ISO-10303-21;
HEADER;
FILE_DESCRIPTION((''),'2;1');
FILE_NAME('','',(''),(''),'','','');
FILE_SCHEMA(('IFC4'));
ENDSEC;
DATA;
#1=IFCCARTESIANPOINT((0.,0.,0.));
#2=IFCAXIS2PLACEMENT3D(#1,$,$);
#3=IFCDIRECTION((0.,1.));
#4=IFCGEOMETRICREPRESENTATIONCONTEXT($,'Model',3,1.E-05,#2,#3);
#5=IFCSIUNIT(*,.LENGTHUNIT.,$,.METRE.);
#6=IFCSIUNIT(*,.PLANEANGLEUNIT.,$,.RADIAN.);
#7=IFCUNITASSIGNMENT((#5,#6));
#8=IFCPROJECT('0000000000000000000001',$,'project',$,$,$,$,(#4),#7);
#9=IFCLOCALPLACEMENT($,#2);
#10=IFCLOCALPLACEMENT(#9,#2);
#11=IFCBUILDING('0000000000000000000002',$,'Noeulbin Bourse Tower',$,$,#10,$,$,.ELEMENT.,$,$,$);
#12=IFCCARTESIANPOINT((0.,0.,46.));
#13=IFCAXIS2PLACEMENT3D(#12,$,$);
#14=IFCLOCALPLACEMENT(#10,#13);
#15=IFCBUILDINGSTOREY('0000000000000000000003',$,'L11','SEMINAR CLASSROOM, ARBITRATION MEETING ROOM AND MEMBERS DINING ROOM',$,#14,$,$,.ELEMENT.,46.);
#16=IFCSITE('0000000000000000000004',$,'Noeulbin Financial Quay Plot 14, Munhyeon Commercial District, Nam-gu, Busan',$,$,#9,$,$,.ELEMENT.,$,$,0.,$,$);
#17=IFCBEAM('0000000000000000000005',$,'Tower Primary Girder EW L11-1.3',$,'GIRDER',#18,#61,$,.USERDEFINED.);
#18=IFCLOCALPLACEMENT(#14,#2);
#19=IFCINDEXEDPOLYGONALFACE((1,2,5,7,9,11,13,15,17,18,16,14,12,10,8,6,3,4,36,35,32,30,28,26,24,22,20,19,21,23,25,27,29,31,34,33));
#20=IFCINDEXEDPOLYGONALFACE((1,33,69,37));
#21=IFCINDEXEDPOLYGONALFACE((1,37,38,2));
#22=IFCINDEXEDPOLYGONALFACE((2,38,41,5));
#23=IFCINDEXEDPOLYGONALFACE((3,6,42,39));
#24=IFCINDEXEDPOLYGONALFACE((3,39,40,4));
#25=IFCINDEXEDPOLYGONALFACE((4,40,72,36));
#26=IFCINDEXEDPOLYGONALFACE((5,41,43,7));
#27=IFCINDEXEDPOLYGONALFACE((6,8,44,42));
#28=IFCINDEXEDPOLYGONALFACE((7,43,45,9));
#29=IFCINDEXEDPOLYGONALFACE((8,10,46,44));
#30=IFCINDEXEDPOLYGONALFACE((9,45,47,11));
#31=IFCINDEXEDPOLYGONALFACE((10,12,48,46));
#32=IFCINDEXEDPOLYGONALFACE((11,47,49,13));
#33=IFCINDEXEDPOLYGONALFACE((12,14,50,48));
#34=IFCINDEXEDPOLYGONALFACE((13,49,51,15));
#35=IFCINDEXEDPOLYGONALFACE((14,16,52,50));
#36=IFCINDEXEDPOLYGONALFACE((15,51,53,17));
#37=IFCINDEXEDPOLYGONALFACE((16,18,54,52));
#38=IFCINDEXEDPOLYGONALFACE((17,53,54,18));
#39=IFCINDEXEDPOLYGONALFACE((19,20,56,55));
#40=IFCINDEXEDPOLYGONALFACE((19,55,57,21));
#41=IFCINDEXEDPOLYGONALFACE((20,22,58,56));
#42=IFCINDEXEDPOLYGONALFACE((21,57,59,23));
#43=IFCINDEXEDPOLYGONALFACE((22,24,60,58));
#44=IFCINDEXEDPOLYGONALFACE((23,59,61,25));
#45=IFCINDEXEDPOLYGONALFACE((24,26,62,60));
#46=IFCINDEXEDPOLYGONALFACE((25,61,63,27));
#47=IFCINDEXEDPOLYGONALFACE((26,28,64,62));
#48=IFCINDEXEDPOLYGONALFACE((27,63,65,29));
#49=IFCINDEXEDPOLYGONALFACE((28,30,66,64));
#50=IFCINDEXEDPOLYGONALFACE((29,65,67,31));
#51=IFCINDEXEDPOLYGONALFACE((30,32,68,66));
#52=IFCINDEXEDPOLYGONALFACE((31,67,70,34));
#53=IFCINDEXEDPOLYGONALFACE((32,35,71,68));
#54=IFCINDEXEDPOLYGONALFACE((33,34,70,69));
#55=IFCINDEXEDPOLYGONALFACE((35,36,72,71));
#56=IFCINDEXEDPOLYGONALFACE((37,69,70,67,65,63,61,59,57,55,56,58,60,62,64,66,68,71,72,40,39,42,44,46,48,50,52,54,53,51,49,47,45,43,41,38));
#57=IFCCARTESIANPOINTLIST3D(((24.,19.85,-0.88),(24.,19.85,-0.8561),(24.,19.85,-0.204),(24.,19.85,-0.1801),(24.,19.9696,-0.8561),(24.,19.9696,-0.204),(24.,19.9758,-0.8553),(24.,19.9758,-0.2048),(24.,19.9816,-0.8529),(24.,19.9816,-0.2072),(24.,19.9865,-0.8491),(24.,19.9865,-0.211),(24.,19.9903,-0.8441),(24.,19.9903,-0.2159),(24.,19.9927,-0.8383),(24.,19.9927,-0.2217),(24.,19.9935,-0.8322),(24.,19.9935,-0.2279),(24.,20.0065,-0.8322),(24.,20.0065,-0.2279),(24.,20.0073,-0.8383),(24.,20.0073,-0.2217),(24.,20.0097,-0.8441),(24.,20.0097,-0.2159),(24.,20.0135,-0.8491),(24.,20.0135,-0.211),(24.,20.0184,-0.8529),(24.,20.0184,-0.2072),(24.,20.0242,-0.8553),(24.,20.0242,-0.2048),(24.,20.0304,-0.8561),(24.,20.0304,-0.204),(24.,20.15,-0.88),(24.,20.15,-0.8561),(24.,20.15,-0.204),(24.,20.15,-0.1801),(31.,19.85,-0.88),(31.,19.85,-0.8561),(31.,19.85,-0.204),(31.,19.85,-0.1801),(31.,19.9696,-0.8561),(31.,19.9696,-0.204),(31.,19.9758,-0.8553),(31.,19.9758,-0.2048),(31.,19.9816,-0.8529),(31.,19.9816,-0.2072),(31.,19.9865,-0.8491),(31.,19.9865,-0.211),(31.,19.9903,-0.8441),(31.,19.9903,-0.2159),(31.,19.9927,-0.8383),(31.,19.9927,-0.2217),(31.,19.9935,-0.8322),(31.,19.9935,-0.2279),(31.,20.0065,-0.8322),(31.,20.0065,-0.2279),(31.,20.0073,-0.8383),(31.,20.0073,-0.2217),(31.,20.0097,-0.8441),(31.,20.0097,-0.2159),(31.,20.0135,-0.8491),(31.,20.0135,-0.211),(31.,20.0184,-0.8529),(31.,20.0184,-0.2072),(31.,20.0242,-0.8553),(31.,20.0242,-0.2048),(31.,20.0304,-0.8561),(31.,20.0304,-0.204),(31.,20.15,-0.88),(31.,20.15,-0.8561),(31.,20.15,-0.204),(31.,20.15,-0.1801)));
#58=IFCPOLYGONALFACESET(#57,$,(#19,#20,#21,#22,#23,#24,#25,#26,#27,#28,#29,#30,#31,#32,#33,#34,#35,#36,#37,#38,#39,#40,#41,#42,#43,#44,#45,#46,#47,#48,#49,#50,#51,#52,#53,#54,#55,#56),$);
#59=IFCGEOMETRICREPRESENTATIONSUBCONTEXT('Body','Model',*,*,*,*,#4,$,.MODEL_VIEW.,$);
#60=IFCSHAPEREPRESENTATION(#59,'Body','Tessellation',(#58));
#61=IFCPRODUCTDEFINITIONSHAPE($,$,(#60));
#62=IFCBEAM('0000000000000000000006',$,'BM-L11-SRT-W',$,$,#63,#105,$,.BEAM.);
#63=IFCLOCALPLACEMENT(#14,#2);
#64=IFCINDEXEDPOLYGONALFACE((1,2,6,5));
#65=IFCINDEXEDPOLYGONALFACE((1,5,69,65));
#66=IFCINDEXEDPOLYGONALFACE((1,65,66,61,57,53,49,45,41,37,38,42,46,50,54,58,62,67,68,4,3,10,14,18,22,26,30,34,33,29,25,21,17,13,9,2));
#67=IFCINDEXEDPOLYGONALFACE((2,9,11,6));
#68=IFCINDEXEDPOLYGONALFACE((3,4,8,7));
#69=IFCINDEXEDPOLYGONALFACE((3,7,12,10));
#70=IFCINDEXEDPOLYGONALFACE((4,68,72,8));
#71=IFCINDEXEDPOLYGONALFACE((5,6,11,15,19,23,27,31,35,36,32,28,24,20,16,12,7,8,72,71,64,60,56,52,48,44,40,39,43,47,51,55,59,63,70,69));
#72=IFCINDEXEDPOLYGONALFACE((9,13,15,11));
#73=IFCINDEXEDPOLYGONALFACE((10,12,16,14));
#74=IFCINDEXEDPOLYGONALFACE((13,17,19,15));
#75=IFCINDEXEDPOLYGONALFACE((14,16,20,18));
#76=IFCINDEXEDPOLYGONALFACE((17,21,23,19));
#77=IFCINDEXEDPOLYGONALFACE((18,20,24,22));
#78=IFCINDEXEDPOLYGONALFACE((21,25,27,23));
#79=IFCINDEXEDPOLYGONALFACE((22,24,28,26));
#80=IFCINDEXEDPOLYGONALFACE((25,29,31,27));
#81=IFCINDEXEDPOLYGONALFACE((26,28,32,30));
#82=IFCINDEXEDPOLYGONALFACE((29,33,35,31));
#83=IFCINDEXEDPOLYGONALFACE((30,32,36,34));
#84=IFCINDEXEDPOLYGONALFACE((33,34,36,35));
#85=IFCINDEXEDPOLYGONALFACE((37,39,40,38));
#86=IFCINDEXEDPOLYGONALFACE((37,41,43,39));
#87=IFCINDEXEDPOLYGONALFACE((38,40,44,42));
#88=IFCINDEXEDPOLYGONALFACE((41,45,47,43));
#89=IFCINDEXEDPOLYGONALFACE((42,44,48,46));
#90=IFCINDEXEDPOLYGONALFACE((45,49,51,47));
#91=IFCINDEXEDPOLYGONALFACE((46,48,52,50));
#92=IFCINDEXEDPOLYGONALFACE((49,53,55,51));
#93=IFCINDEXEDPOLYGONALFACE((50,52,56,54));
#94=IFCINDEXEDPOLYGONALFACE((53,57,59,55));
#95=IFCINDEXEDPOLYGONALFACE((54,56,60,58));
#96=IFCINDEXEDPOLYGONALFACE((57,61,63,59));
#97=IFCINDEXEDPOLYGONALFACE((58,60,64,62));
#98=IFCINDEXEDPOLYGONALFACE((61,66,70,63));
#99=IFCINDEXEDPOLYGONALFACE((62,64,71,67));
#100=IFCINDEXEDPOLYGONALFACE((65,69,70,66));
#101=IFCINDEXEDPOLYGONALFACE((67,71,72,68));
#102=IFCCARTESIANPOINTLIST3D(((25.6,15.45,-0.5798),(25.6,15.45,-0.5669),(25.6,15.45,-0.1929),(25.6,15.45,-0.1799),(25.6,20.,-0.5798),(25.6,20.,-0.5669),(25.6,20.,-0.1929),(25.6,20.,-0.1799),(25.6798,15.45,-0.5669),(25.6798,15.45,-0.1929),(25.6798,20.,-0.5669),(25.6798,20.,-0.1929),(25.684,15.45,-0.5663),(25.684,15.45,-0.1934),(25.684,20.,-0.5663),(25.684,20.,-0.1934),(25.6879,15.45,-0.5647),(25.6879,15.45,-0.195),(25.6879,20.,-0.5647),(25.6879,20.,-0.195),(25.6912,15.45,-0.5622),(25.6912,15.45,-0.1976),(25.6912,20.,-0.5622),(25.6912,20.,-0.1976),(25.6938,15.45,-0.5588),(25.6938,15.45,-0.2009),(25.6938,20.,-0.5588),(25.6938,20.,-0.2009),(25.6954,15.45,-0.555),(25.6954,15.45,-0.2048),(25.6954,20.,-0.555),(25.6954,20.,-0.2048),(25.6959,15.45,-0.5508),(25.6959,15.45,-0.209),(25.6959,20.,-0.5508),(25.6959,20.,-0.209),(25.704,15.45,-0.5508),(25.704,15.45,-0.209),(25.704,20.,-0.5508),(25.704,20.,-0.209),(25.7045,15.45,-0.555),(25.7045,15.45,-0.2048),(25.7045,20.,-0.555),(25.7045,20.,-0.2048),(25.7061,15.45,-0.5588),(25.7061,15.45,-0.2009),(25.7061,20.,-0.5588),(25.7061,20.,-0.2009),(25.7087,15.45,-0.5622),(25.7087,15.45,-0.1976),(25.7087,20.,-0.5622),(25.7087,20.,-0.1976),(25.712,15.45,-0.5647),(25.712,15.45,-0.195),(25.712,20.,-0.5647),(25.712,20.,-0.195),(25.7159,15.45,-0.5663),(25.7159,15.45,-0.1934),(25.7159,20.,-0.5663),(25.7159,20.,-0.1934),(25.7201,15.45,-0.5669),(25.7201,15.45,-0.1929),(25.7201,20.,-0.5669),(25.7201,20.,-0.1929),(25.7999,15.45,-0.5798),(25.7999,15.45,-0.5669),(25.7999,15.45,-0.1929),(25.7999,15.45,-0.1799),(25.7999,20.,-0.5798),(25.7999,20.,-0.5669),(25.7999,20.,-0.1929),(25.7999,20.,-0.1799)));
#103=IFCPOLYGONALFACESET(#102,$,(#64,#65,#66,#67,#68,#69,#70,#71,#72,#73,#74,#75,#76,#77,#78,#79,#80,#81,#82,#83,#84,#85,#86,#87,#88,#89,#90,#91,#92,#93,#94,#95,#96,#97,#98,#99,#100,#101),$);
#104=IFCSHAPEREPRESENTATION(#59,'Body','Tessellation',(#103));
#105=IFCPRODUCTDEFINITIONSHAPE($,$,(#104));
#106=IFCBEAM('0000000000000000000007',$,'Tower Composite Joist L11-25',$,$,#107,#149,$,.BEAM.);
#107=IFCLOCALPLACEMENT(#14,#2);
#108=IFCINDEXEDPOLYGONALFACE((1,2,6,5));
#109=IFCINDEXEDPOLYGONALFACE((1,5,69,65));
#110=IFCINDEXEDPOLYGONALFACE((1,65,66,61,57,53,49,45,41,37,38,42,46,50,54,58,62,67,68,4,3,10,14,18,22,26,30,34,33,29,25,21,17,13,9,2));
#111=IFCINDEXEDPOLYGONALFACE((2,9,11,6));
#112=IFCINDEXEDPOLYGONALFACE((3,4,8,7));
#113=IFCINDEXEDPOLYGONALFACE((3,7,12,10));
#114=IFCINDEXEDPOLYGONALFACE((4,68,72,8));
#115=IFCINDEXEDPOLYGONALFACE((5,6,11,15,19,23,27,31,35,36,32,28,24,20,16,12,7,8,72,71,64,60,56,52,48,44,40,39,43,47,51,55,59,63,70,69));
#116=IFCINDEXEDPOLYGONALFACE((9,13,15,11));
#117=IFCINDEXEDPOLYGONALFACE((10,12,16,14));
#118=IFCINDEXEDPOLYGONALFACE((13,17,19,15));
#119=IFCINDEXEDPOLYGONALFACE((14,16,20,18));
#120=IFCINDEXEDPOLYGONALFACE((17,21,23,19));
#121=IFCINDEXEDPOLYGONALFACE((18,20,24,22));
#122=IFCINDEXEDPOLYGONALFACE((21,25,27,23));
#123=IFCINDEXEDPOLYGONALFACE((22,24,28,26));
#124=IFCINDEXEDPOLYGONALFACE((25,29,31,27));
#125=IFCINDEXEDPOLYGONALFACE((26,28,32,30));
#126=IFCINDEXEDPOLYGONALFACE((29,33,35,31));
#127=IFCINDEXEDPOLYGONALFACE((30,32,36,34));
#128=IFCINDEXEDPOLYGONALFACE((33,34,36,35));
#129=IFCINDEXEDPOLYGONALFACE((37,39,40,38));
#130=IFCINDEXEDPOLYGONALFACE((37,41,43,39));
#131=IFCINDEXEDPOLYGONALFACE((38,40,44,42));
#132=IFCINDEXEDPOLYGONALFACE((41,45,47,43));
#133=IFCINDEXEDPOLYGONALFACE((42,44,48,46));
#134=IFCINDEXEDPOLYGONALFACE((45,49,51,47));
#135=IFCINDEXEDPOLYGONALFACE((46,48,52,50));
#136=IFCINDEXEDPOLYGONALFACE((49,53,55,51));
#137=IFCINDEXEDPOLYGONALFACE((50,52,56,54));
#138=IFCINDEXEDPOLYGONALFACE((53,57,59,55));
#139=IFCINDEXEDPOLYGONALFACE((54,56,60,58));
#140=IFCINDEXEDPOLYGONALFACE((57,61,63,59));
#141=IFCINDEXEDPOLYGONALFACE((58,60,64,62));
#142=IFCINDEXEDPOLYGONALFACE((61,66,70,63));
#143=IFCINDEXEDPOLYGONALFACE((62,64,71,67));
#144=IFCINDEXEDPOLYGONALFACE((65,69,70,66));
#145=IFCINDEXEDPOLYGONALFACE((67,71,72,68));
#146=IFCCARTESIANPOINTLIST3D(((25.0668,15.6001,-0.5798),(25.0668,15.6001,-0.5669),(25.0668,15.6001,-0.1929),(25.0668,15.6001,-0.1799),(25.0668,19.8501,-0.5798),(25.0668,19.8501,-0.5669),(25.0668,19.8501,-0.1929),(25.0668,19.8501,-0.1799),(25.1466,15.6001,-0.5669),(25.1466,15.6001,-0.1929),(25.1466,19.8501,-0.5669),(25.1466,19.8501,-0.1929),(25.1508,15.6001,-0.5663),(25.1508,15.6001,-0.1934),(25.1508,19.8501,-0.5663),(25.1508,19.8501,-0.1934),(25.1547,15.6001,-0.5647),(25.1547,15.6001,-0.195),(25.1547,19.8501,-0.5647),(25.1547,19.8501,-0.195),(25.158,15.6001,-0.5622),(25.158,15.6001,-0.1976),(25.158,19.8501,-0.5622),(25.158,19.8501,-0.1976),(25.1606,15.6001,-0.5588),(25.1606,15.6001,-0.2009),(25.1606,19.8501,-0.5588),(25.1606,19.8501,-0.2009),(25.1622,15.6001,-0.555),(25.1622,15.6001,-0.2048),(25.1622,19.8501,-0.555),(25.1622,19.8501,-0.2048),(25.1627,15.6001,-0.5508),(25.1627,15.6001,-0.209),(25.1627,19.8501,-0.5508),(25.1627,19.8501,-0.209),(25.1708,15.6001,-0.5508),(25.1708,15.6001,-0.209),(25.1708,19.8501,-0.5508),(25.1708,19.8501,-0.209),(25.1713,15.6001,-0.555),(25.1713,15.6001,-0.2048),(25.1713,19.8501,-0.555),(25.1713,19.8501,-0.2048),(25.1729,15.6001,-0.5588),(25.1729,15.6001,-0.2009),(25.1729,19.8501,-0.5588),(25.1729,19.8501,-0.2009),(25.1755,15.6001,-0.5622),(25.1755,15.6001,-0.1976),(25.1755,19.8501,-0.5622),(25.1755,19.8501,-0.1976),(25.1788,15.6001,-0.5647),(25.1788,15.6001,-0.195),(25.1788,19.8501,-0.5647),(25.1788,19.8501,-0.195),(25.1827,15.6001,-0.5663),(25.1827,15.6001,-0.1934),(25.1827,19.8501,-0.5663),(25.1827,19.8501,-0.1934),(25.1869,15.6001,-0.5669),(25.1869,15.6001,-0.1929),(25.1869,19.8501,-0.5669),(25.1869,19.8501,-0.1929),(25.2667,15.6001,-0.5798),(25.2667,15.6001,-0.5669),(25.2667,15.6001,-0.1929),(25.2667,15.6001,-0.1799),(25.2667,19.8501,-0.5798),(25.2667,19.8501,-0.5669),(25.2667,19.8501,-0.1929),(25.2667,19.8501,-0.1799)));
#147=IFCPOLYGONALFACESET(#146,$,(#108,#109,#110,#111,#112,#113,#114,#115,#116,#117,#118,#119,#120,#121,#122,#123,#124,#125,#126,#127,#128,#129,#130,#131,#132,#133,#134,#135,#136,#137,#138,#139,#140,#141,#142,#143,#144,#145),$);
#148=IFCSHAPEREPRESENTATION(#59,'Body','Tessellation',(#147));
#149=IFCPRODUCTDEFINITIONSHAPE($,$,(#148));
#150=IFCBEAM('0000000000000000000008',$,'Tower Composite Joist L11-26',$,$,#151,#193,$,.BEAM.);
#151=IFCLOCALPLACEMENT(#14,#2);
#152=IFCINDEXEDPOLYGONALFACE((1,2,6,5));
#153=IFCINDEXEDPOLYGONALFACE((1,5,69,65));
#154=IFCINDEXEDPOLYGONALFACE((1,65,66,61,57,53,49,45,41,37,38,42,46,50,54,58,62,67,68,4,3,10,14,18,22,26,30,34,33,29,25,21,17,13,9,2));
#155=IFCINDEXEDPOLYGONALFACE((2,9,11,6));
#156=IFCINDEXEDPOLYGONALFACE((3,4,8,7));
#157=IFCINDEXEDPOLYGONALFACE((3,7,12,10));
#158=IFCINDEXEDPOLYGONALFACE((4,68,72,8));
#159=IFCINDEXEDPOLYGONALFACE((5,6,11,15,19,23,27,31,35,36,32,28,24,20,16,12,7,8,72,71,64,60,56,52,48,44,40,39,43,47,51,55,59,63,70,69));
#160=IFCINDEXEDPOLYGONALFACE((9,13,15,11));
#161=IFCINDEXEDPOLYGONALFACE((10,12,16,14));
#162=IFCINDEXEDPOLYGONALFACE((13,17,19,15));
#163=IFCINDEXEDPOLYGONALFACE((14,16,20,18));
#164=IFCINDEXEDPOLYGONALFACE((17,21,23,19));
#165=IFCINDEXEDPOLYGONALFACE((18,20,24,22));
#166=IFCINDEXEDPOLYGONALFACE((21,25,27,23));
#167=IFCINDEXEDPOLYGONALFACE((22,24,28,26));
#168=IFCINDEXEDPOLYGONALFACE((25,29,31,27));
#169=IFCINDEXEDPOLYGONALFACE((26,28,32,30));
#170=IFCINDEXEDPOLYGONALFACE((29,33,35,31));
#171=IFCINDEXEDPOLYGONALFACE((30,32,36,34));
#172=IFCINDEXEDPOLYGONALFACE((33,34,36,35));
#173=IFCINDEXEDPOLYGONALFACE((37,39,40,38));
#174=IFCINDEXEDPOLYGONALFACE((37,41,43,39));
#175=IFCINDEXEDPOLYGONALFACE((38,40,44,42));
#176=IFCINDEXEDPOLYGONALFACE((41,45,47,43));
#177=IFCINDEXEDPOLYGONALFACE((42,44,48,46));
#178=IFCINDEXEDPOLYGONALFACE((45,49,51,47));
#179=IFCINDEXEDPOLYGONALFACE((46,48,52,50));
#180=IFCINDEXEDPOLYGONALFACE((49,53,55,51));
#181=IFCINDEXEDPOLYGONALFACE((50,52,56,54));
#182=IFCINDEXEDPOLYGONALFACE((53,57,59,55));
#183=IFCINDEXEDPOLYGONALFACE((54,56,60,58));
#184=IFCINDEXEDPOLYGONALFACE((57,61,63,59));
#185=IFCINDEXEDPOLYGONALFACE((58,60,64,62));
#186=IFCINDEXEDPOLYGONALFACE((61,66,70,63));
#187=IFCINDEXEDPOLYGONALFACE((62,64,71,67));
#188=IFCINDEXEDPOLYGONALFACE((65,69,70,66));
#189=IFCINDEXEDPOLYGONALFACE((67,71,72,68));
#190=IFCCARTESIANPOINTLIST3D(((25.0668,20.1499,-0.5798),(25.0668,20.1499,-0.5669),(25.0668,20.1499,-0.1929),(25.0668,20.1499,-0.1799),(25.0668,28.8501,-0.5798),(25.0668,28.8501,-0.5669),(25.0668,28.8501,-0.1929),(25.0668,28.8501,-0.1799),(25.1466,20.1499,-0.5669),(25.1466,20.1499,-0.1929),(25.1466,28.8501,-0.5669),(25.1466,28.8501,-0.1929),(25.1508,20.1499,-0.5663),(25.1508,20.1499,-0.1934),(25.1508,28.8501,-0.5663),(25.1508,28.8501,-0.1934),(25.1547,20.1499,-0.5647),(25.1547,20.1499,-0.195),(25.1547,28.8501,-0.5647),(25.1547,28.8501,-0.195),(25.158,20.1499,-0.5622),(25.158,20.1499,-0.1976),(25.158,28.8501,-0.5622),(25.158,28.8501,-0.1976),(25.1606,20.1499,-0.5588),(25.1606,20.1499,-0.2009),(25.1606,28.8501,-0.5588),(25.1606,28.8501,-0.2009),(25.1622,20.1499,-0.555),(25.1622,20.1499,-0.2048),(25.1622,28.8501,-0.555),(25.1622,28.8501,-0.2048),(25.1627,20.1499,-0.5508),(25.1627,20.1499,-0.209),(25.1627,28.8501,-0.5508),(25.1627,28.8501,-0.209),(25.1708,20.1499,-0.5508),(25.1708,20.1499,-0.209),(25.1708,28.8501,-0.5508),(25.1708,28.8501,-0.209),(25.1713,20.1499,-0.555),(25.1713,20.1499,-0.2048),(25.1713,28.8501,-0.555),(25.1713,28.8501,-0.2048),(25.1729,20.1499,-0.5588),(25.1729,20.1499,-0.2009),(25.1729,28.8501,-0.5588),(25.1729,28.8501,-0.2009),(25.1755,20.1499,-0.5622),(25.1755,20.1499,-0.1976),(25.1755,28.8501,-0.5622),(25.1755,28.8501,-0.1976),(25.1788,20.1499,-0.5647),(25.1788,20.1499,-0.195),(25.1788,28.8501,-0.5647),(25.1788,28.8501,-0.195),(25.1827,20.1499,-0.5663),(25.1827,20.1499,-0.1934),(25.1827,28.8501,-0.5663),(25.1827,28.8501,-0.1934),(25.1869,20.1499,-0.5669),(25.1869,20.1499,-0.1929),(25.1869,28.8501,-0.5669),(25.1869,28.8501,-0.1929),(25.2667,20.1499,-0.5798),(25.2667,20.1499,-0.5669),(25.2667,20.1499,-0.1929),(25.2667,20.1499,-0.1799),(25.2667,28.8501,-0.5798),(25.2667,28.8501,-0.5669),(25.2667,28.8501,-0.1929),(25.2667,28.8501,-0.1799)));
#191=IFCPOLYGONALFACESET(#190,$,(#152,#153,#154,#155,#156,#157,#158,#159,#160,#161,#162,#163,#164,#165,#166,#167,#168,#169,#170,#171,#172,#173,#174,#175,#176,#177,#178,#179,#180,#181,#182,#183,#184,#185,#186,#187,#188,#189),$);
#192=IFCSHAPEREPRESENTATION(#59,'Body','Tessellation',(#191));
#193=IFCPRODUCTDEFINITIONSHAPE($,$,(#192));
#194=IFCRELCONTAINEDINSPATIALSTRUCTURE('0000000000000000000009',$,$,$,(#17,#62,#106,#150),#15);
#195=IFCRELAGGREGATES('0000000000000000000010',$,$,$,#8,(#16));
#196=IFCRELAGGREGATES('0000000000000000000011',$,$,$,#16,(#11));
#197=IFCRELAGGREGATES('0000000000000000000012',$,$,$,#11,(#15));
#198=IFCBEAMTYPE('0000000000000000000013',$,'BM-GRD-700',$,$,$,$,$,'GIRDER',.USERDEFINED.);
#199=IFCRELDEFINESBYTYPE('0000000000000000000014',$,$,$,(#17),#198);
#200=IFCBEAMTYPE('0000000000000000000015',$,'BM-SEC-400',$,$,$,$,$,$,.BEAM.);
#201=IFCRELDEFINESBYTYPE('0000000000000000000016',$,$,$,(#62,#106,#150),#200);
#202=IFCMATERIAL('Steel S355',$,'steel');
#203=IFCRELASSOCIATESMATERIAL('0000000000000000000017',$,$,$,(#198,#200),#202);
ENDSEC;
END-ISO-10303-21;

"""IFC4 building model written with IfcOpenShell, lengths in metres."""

from ifc_helpers import new_model, si_unit, direction, frame, origin, origin_2d, place, context, subcontext, project, spatial, i_section, extrude, material, material_profile, profile_set, type_object, element, save


model = new_model("IFC4")

# Units and contexts
model_context = context("Model", 3, precision=1e-05, world=origin(), true_north=direction((0.0, 1.0)))
body_context = subcontext(model_context, "Body", "Model", "MODEL_VIEW")
ifc_project = project(units=[si_unit("LENGTHUNIT", "METRE"), si_unit("PLANEANGLEUNIT", "RADIAN")], contexts=[model_context])

# Site, building, storey
site_placement = place(None, origin())
site = spatial("IfcSite", under=ifc_project, at=site_placement, Name="Noeulbin Financial Quay Plot 14, Munhyeon Commercial District, Nam-gu, Busan", CompositionType="ELEMENT", RefElevation=0.0)
building_placement = place(site_placement, origin())
building = spatial("IfcBuilding", under=site, at=building_placement, Name="Noeulbin Bourse Tower", CompositionType="ELEMENT")
storey_placement = place(building_placement, frame((0.0, 0.0, 46.0)))
storey = spatial("IfcBuildingStorey", under=building, at=storey_placement, Name="L11", Description="SEMINAR CLASSROOM, ARBITRATION MEETING ROOM AND MEMBERS DINING ROOM", CompositionType="ELEMENT", Elevation=46.0)

# Beams
ifc_material_1 = material(Name="Steel S355", Category="steel")
ifc_material_profile_1 = material_profile(ifc_material_1, i_section(OverallWidth=0.3, OverallDepth=0.7, WebThickness=0.0129, FlangeThickness=0.0239, FilletRadius=0.0239, at=origin_2d()), Name="H-700x300x13x24", Category="LoadBearing")
ifc_profile_set_1 = profile_set([ifc_material_profile_1], Name="Steel S355")
beam_type_1 = type_object("IfcBeamType", Name="BM-GRD-700", ElementType="GIRDER", PredefinedType="USERDEFINED", material=ifc_profile_set_1)
beam_1_placement = place(storey_placement, frame((24.0, 20.0, -0.53), z_axis=(1.0, 0.0, 0.0), x_axis=(0.0, 1.0, 0.0)))
element("IfcBeam", 1, at=beam_1_placement, inside=storey, type_object=beam_type_1, Name="Tower Primary Girder EW L11-1.3", ObjectType="GIRDER", PredefinedType="USERDEFINED", context=body_context, shape_type="SweptSolid", body=[
    extrude(i_section(OverallWidth=0.3, OverallDepth=0.7, WebThickness=0.0129, FlangeThickness=0.0239, FilletRadius=0.0239, at=origin_2d()), origin(), (0.0, 0.0, 1.0), 7.0),
])
ifc_material_profile_2 = material_profile(ifc_material_1, i_section(OverallWidth=0.2, OverallDepth=0.3999, WebThickness=0.0081, FlangeThickness=0.0129, FilletRadius=0.0161, at=origin_2d()), Name="H-400x200x8x13", Category="LoadBearing")
ifc_profile_set_2 = profile_set([ifc_material_profile_2], Name="Steel S355")
beam_type_2 = type_object("IfcBeamType", Name="BM-SEC-400", PredefinedType="BEAM", material=ifc_profile_set_2)
beam_2_placement = place(storey_placement, frame((25.7, 15.45, -0.3799), z_axis=(0.0, 1.0, 0.0), x_axis=(-1.0, 0.0, 0.0)))
element("IfcBeam", 2, at=beam_2_placement, inside=storey, type_object=beam_type_2, Name="BM-L11-SRT-W", PredefinedType="BEAM", context=body_context, shape_type="SweptSolid", body=[
    extrude(i_section(OverallWidth=0.2, OverallDepth=0.3999, WebThickness=0.0081, FlangeThickness=0.0129, FilletRadius=0.0161, at=origin_2d()), origin(), (0.0, 0.0, 1.0), 4.55),
])
beam_3_placement = place(storey_placement, frame((25.1667, 15.6001, -0.3799), z_axis=(0.0, 1.0, 0.0), x_axis=(-1.0, 0.0, 0.0)))
element("IfcBeam", 3, at=beam_3_placement, inside=storey, type_object=beam_type_2, Name="Tower Composite Joist L11-25", PredefinedType="BEAM", context=body_context, shape_type="SweptSolid", body=[
    extrude(i_section(OverallWidth=0.2, OverallDepth=0.3999, WebThickness=0.0081, FlangeThickness=0.0129, FilletRadius=0.0161, at=origin_2d()), origin(), (0.0, 0.0, 1.0), 4.25),
])
beam_4_placement = place(storey_placement, frame((25.1667, 20.1499, -0.3799), z_axis=(0.0, 1.0, 0.0), x_axis=(-1.0, 0.0, 0.0)))
element("IfcBeam", 4, at=beam_4_placement, inside=storey, type_object=beam_type_2, Name="Tower Composite Joist L11-26", PredefinedType="BEAM", context=body_context, shape_type="SweptSolid", body=[
    extrude(i_section(OverallWidth=0.2, OverallDepth=0.3999, WebThickness=0.0081, FlangeThickness=0.0129, FilletRadius=0.0161, at=origin_2d()), origin(), (0.0, 0.0, 1.0), 8.7002),
])

save(model, "model.ifc")
